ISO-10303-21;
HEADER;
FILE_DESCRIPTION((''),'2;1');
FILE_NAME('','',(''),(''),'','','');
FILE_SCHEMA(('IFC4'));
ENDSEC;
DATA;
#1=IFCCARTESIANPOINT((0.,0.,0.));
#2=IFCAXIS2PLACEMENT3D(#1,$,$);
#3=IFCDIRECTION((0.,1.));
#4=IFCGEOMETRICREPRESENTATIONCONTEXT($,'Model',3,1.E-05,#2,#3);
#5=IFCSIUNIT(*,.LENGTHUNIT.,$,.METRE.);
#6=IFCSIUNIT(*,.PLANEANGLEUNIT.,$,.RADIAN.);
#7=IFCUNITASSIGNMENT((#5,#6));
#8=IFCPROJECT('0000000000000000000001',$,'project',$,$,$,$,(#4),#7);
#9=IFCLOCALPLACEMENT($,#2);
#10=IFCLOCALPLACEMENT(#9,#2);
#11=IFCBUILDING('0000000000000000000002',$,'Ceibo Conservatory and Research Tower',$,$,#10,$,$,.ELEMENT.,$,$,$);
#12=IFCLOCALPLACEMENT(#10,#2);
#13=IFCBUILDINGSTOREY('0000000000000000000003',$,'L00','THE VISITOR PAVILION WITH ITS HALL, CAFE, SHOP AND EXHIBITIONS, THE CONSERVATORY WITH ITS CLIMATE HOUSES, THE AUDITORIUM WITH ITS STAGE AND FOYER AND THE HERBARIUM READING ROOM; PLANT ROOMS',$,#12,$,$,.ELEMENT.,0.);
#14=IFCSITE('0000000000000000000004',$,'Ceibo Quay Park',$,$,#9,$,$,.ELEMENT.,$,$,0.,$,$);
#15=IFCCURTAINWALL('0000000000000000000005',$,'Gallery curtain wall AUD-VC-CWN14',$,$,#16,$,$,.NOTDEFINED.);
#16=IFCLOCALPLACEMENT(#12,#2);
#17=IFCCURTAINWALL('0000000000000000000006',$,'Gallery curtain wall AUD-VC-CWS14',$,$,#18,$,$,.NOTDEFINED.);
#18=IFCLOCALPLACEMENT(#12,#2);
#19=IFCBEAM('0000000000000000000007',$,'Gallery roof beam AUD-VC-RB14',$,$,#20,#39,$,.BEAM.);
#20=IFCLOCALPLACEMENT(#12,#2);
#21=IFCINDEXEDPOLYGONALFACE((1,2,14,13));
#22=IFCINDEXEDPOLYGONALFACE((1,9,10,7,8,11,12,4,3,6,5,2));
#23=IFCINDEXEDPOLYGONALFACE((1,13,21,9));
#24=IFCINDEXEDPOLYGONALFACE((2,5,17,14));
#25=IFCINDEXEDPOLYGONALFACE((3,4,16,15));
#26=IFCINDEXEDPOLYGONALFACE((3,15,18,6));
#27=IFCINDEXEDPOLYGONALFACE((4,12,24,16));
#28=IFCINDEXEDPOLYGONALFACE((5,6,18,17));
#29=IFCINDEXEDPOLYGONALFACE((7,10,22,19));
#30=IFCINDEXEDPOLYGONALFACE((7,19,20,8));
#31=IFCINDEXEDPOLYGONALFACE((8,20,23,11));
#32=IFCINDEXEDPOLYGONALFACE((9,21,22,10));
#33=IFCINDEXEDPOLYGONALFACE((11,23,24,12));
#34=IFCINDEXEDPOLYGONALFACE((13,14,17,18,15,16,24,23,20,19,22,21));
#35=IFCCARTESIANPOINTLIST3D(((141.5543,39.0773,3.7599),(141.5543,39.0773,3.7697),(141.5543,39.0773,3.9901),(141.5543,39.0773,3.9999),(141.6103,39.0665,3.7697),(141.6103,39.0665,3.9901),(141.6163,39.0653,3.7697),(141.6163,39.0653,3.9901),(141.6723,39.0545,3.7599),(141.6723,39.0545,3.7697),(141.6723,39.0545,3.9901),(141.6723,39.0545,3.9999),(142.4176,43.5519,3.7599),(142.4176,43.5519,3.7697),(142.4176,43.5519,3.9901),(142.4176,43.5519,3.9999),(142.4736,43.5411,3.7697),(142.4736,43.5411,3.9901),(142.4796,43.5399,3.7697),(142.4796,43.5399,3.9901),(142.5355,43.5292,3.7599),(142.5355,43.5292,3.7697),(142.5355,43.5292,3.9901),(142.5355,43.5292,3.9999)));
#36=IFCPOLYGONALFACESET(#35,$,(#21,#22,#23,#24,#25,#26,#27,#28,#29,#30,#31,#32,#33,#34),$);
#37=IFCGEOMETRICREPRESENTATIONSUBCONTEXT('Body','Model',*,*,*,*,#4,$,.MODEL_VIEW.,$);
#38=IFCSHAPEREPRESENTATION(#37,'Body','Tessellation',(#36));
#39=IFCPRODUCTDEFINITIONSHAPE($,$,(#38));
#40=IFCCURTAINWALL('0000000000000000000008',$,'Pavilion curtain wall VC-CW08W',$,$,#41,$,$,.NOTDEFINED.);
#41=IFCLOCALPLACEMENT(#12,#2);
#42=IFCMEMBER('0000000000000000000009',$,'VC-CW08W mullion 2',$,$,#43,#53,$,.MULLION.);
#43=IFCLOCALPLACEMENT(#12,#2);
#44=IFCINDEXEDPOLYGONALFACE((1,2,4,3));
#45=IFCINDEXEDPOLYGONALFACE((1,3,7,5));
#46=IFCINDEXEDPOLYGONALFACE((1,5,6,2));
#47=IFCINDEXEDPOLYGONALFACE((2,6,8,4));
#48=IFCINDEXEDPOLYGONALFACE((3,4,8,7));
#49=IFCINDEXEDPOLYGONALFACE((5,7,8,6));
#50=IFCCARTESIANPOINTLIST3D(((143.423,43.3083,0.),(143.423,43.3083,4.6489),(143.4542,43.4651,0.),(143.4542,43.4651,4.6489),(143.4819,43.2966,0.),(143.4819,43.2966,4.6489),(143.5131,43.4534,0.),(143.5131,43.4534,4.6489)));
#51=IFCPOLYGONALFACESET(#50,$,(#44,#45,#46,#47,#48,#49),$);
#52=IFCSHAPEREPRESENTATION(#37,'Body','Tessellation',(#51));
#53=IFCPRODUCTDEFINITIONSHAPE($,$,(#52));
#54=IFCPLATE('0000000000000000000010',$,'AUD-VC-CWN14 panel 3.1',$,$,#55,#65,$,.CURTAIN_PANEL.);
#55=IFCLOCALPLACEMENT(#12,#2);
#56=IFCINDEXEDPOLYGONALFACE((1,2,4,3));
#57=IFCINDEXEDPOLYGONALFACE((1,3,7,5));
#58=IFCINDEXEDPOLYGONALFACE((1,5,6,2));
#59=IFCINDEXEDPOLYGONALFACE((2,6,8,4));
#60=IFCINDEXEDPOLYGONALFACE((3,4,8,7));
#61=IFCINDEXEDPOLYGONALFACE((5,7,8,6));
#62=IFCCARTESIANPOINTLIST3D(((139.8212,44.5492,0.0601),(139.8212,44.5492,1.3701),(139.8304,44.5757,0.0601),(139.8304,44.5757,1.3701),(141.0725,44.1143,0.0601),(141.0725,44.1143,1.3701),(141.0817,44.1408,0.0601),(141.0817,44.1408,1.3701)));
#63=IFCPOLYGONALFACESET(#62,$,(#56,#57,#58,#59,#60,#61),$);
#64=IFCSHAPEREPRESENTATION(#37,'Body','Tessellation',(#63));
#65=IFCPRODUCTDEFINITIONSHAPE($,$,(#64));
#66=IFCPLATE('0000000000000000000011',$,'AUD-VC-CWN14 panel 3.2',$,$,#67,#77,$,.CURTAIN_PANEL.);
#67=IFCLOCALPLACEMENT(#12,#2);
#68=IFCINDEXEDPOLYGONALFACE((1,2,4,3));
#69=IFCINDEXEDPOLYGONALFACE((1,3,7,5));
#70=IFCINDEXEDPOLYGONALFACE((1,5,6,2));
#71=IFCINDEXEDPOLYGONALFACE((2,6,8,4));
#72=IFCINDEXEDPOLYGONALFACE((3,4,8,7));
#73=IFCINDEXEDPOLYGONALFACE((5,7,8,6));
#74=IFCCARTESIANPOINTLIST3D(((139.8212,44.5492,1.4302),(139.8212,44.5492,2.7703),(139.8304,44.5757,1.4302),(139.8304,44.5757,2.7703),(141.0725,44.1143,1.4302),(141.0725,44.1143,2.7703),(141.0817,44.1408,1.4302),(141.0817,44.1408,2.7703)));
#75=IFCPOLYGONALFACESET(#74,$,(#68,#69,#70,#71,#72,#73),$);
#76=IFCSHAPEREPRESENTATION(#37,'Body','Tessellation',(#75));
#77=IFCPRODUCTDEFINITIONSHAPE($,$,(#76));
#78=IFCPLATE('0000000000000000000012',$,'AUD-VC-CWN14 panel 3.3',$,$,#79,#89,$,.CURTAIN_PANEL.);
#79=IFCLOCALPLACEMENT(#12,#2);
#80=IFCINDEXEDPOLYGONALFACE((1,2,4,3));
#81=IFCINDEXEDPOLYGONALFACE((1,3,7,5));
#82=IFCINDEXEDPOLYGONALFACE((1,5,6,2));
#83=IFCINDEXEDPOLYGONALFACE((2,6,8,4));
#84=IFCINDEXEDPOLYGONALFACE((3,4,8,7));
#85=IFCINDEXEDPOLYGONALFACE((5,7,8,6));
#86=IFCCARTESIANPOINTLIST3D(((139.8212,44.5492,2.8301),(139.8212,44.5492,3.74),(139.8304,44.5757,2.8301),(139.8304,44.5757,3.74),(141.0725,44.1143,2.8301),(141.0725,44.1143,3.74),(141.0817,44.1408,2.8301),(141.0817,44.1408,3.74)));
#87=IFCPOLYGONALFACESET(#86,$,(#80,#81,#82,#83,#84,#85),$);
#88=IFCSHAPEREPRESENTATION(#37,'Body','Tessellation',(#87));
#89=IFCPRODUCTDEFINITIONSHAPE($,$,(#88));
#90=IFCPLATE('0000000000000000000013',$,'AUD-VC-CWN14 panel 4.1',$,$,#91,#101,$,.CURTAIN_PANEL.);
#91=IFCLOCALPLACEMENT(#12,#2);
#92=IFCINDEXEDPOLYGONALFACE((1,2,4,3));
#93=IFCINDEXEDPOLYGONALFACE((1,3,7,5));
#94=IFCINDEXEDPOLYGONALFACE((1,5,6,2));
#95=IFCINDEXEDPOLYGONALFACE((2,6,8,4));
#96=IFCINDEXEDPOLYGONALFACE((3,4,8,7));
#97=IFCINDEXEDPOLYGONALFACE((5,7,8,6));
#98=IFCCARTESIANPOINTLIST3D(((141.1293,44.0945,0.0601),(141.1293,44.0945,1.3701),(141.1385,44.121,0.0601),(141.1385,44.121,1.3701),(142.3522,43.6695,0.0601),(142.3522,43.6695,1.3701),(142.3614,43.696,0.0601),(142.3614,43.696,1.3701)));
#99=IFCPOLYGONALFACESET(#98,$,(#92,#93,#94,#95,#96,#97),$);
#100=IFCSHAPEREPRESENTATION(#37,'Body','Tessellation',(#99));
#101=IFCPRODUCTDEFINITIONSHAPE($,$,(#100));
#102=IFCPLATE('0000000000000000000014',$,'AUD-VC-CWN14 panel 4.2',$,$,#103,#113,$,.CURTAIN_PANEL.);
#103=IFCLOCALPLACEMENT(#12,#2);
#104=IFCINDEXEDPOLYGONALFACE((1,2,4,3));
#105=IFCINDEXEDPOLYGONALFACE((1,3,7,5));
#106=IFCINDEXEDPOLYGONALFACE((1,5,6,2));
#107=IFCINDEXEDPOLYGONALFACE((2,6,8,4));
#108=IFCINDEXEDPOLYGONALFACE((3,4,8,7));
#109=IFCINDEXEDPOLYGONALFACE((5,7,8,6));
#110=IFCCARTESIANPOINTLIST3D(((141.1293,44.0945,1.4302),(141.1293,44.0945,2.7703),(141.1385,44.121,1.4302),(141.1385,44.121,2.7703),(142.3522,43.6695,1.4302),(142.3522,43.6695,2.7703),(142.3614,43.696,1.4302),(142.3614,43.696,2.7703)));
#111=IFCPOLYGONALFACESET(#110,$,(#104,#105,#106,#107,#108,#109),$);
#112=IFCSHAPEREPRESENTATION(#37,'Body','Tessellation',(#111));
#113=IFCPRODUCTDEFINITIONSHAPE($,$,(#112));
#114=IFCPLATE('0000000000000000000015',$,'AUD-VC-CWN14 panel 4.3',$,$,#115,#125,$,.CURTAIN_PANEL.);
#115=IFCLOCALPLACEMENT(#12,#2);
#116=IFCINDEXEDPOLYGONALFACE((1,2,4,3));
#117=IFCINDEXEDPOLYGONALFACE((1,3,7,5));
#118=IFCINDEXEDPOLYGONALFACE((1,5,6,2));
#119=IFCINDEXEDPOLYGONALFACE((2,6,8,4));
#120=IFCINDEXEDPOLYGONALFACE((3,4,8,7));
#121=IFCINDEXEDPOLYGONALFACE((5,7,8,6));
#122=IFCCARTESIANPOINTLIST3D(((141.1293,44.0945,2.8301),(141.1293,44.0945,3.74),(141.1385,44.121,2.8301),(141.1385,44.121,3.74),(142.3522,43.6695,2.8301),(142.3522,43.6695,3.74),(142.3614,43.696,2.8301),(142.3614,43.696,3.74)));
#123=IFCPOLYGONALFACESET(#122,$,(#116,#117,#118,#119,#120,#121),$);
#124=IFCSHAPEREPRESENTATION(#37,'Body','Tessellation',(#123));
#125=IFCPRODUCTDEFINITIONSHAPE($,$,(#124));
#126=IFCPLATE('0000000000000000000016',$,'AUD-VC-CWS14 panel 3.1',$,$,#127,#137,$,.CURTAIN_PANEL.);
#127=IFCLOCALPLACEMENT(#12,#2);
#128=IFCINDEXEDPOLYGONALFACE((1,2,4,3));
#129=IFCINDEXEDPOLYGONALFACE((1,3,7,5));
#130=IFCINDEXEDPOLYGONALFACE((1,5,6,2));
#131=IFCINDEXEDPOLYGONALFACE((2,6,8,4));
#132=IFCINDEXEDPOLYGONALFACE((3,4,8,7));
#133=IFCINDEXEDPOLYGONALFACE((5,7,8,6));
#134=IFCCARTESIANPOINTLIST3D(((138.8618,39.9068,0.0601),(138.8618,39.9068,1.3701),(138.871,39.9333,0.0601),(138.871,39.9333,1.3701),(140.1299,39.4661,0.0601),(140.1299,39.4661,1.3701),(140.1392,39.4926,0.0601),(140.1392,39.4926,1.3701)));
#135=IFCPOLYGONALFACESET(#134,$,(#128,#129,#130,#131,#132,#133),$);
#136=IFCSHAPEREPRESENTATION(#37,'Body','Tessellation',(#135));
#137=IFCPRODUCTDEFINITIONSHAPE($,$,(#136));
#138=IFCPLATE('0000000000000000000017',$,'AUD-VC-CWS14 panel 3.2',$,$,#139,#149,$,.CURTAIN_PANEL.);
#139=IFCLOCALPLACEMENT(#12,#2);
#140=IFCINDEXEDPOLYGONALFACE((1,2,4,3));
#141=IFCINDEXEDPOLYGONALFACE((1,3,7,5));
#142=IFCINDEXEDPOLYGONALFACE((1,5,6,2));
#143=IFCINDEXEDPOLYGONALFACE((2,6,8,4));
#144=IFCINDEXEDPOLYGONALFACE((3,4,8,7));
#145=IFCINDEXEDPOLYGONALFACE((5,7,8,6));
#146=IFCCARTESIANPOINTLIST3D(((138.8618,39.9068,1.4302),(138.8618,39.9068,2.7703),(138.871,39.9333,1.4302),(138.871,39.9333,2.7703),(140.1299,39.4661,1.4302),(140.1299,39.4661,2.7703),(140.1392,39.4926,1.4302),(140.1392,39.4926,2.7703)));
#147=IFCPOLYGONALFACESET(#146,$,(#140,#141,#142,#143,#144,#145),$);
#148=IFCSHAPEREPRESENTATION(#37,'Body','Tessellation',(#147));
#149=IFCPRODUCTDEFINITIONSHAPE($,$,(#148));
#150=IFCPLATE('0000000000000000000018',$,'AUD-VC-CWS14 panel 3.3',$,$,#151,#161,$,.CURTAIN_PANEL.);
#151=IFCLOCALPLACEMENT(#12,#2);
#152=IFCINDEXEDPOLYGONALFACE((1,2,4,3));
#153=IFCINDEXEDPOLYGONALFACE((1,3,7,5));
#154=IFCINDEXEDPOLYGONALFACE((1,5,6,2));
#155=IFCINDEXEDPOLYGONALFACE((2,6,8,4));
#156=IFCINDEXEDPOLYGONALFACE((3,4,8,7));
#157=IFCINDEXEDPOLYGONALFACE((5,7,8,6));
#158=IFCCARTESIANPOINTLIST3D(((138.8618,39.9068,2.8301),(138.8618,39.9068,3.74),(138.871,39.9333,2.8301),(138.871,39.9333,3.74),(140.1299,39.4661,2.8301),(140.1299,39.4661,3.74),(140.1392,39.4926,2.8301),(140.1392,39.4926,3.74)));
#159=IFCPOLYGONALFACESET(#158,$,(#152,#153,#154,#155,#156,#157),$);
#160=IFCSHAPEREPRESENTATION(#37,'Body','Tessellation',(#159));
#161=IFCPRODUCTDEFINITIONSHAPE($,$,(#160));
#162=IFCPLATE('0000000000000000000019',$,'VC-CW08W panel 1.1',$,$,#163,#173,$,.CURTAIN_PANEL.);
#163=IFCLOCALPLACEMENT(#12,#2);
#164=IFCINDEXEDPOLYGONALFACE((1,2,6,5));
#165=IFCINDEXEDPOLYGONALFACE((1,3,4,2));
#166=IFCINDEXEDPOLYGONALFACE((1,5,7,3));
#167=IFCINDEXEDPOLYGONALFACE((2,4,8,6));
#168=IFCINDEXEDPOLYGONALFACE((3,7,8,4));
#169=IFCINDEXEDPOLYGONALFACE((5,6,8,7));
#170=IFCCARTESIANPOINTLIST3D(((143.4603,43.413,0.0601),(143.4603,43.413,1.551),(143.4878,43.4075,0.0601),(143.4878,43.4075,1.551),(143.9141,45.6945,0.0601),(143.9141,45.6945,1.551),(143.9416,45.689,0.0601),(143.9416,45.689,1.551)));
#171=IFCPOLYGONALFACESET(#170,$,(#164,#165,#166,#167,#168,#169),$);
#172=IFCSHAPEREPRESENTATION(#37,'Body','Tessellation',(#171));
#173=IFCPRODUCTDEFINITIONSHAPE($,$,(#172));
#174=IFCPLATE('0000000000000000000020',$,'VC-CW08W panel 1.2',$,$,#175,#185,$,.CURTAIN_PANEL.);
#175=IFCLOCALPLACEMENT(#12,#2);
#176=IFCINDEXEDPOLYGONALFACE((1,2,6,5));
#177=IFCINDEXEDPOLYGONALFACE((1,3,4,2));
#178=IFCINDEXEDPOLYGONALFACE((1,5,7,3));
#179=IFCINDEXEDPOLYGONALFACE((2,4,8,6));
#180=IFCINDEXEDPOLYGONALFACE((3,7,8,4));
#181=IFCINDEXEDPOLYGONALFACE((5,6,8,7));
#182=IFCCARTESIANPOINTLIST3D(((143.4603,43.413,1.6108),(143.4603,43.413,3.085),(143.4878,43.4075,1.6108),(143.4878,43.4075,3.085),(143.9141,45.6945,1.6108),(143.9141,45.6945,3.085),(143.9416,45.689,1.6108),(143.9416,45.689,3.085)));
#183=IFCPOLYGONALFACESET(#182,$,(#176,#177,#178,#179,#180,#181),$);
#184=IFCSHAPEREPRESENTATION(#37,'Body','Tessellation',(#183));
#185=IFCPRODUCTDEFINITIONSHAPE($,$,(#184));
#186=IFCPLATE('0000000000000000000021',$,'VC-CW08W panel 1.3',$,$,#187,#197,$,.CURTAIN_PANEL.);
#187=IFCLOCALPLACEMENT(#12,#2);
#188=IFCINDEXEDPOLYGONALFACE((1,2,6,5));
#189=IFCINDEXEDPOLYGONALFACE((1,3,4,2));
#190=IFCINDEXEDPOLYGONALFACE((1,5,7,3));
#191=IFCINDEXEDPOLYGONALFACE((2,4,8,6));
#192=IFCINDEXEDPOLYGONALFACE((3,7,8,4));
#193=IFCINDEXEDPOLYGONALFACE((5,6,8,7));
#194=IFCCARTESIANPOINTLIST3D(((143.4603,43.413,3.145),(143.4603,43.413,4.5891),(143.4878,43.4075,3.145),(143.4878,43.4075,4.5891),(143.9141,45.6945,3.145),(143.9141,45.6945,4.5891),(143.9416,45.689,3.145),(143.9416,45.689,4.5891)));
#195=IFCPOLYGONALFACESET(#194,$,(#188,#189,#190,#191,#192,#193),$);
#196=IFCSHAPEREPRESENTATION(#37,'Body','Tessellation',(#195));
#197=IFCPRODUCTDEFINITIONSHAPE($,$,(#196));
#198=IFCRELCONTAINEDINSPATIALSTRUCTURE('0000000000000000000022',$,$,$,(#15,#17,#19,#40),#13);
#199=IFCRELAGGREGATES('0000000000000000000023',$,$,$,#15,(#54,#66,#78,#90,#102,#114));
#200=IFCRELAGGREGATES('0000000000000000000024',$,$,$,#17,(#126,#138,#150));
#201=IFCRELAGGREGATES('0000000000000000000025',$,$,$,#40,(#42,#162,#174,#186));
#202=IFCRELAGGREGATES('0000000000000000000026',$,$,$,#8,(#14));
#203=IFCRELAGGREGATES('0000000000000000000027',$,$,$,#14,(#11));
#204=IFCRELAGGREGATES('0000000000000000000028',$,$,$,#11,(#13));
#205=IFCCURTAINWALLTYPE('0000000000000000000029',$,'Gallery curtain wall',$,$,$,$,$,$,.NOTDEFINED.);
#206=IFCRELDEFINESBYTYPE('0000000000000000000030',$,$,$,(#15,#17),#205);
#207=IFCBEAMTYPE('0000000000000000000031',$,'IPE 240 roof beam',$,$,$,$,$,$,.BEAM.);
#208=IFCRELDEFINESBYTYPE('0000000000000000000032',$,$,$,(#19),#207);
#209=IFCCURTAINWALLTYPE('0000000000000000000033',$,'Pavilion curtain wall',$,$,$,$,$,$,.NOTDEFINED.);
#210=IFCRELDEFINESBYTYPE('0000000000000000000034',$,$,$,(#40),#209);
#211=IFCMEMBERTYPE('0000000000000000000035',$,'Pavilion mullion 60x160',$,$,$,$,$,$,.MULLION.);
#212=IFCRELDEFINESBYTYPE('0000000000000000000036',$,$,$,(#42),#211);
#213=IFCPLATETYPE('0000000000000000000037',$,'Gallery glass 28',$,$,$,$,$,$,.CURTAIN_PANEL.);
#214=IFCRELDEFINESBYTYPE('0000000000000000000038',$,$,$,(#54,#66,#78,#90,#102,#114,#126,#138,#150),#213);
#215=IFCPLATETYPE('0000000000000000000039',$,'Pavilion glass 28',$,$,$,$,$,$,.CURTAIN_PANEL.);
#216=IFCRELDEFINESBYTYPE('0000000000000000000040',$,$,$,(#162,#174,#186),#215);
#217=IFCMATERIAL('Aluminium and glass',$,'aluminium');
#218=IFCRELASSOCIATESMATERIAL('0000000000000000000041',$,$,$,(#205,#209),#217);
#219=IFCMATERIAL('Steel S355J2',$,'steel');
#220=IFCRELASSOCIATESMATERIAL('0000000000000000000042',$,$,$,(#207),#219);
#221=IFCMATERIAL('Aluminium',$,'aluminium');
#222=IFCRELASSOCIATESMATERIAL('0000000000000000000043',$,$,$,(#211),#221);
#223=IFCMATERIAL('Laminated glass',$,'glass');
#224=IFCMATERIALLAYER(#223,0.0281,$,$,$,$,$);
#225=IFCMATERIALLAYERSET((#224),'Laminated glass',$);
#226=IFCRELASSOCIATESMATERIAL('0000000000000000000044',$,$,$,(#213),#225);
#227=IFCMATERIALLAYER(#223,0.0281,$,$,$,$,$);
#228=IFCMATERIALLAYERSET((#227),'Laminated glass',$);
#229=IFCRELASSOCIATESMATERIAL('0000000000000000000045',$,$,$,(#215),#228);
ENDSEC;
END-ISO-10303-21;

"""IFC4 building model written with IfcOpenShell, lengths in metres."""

from ifc_helpers import new_model, si_unit, direction, frame, origin, origin_2d, place, context, subcontext, project, spatial, rectangle, i_section, extrude, material, layer, layer_set, material_profile, profile_set, type_object, element, aggregate, save


model = new_model("IFC4")

# Units and contexts
model_context = context("Model", 3, precision=1e-05, world=origin(), true_north=direction((0.0, 1.0)))
body_context = subcontext(model_context, "Body", "Model", "MODEL_VIEW")
ifc_project = project(units=[si_unit("LENGTHUNIT", "METRE"), si_unit("PLANEANGLEUNIT", "RADIAN")], contexts=[model_context])

# Site, building, storey
site_placement = place(None, origin())
site = spatial("IfcSite", under=ifc_project, at=site_placement, Name="Ceibo Quay Park", CompositionType="ELEMENT", RefElevation=0.0)
building_placement = place(site_placement, origin())
building = spatial("IfcBuilding", under=site, at=building_placement, Name="Ceibo Conservatory and Research Tower", CompositionType="ELEMENT")
storey_placement = place(building_placement, origin())
storey = spatial("IfcBuildingStorey", under=building, at=storey_placement, Name="L00", Description="THE VISITOR PAVILION WITH ITS HALL, CAFE, SHOP AND EXHIBITIONS, THE CONSERVATORY WITH ITS CLIMATE HOUSES, THE AUDITORIUM WITH ITS STAGE AND FOYER AND THE HERBARIUM READING ROOM; PLANT ROOMS", CompositionType="ELEMENT", Elevation=0.0)

# Curtain wall
ifc_material_1 = material(Name="Aluminium and glass", Category="aluminium")
curtain_wall_type_1 = type_object("IfcCurtainWallType", Name="Gallery curtain wall", PredefinedType="NOTDEFINED", material=ifc_material_1)
curtain_wall_1_placement = place(storey_placement, origin())
curtain_wall_1 = element("IfcCurtainWall", 1, at=curtain_wall_1_placement, inside=storey, type_object=curtain_wall_type_1, Name="Gallery curtain wall AUD-VC-CWN14", PredefinedType="NOTDEFINED")
ifc_material_2 = material(Name="Aluminium", Category="aluminium")

# Curtain wall
curtain_wall_2_placement = place(storey_placement, origin())
curtain_wall_2 = element("IfcCurtainWall", 2, at=curtain_wall_2_placement, inside=storey, type_object=curtain_wall_type_1, Name="Gallery curtain wall AUD-VC-CWS14", PredefinedType="NOTDEFINED")

# Beam
ifc_material_3 = material(Name="Steel S355J2", Category="steel")
ifc_material_profile_1 = material_profile(ifc_material_3, i_section(OverallWidth=0.1201, OverallDepth=0.24, WebThickness=0.0061, FlangeThickness=0.0098, at=origin_2d()), Name="IPE 240")
ifc_profile_set_1 = profile_set([ifc_material_profile_1], Name="Steel S355J2")
beam_type = type_object("IfcBeamType", Name="IPE 240 roof beam", PredefinedType="BEAM", material=ifc_profile_set_1)
beam_placement = place(storey_placement, frame((142.4766, 43.5405, 3.8799), z_axis=(-0.189436, -0.981893, 0.0), x_axis=(0.981893, -0.189436, 0.0)))
element("IfcBeam", 3, at=beam_placement, inside=storey, type_object=beam_type, Name="Gallery roof beam AUD-VC-RB14", PredefinedType="BEAM", context=body_context, shape_type="SweptSolid", body=[
    extrude(i_section(OverallWidth=0.1201, OverallDepth=0.24, WebThickness=0.0061, FlangeThickness=0.0098, at=origin_2d()), origin(), (0.0, 0.0, 1.0), 4.5571),
])

# Curtain wall, member
curtain_wall_type_2 = type_object("IfcCurtainWallType", Name="Pavilion curtain wall", PredefinedType="NOTDEFINED", material=ifc_material_1)
curtain_wall_3_placement = place(storey_placement, origin())
curtain_wall_3 = element("IfcCurtainWall", 4, at=curtain_wall_3_placement, inside=storey, type_object=curtain_wall_type_2, Name="Pavilion curtain wall VC-CW08W", PredefinedType="NOTDEFINED")
ifc_material_profile_2 = material_profile(ifc_material_2, rectangle(XDim=0.0601, YDim=0.1599, at=origin_2d()), Name="AL 60x160")
ifc_profile_set_2 = profile_set([ifc_material_profile_2], Name="Aluminium")
member_type_1 = type_object("IfcMemberType", Name="Pavilion mullion 60x160", PredefinedType="MULLION", material=ifc_profile_set_2)
member_1_placement = place(storey_placement, frame((143.468, 43.3809, 0.0), z_axis=(0.0, 0.0, 1.0), x_axis=(0.980785, -0.19509, 0.0)))
member_1 = element("IfcMember", 5, at=member_1_placement, type_object=member_type_1, Name="VC-CW08W mullion 2", PredefinedType="MULLION", context=body_context, shape_type="SweptSolid", body=[
    extrude(rectangle(XDim=0.0601, YDim=0.1599, at=origin_2d()), origin(), (0.0, 0.0, 1.0), 4.6489),
])

# Plates
ifc_material_4 = material(Name="Laminated glass", Category="glass")
ifc_layer_1 = layer(ifc_material_4, 0.0281)
ifc_layer_set_1 = layer_set([ifc_layer_1], Name="Laminated glass")
plate_type_1 = type_object("IfcPlateType", Name="Gallery glass 28", PredefinedType="CURTAIN_PANEL", material=ifc_layer_set_1)
plate_1_placement = place(storey_placement, frame((140.4514, 44.345, 0.0601), z_axis=(0.0, 0.0, 1.0), x_axis=(0.944579, -0.328284, 0.0)))
plate_1 = element("IfcPlate", 6, at=plate_1_placement, type_object=plate_type_1, Name="AUD-VC-CWN14 panel 3.1", PredefinedType="CURTAIN_PANEL", context=body_context, shape_type="SweptSolid", body=[
    extrude(rectangle(XDim=1.3247, YDim=0.0281, at=origin_2d()), origin(), (0.0, 0.0, 1.0), 1.3101),
])
plate_2_placement = place(storey_placement, frame((140.4514, 44.345, 1.4302), z_axis=(0.0, 0.0, 1.0), x_axis=(0.944579, -0.328284, 0.0)))
plate_2 = element("IfcPlate", 7, at=plate_2_placement, type_object=plate_type_1, Name="AUD-VC-CWN14 panel 3.2", PredefinedType="CURTAIN_PANEL", context=body_context, shape_type="SweptSolid", body=[
    extrude(rectangle(XDim=1.3247, YDim=0.0281, at=origin_2d()), origin(), (0.0, 0.0, 1.0), 1.3401),
])
plate_3_placement = place(storey_placement, frame((140.4514, 44.345, 2.8301), z_axis=(0.0, 0.0, 1.0), x_axis=(0.944579, -0.328284, 0.0)))
plate_3 = element("IfcPlate", 8, at=plate_3_placement, type_object=plate_type_1, Name="AUD-VC-CWN14 panel 3.3", PredefinedType="CURTAIN_PANEL", context=body_context, shape_type="SweptSolid", body=[
    extrude(rectangle(XDim=1.3247, YDim=0.0281, at=origin_2d()), origin(), (0.0, 0.0, 1.0), 0.9099),
])
plate_4_placement = place(storey_placement, frame((141.7454, 43.8953, 0.0601), z_axis=(0.0, 0.0, 1.0), x_axis=(0.944579, -0.328284, 0.0)))
plate_4 = element("IfcPlate", 9, at=plate_4_placement, type_object=plate_type_1, Name="AUD-VC-CWN14 panel 4.1", PredefinedType="CURTAIN_PANEL", context=body_context, shape_type="SweptSolid", body=[
    extrude(rectangle(XDim=1.2947, YDim=0.0281, at=origin_2d()), origin(), (0.0, 0.0, 1.0), 1.3101),
])
plate_5_placement = place(storey_placement, frame((141.7454, 43.8953, 1.4302), z_axis=(0.0, 0.0, 1.0), x_axis=(0.944579, -0.328284, 0.0)))
plate_5 = element("IfcPlate", 10, at=plate_5_placement, type_object=plate_type_1, Name="AUD-VC-CWN14 panel 4.2", PredefinedType="CURTAIN_PANEL", context=body_context, shape_type="SweptSolid", body=[
    extrude(rectangle(XDim=1.2947, YDim=0.0281, at=origin_2d()), origin(), (0.0, 0.0, 1.0), 1.3401),
])
plate_6_placement = place(storey_placement, frame((141.7454, 43.8953, 2.8301), z_axis=(0.0, 0.0, 1.0), x_axis=(0.944579, -0.328284, 0.0)))
plate_6 = element("IfcPlate", 11, at=plate_6_placement, type_object=plate_type_1, Name="AUD-VC-CWN14 panel 4.3", PredefinedType="CURTAIN_PANEL", context=body_context, shape_type="SweptSolid", body=[
    extrude(rectangle(XDim=1.2947, YDim=0.0281, at=origin_2d()), origin(), (0.0, 0.0, 1.0), 0.9099),
])
aggregate(curtain_wall_1, [plate_1, plate_2, plate_3, plate_4, plate_5, plate_6])
plate_7_placement = place(storey_placement, frame((139.5005, 39.6997, 0.0601), z_axis=(0.0, 0.0, 1.0), x_axis=(0.944579, -0.328284, 0.0)))
plate_7 = element("IfcPlate", 12, at=plate_7_placement, type_object=plate_type_1, Name="AUD-VC-CWS14 panel 3.1", PredefinedType="CURTAIN_PANEL", context=body_context, shape_type="SweptSolid", body=[
    extrude(rectangle(XDim=1.3425, YDim=0.0281, at=origin_2d()), origin(), (0.0, 0.0, 1.0), 1.3101),
])
plate_8_placement = place(storey_placement, frame((139.5005, 39.6997, 1.4302), z_axis=(0.0, 0.0, 1.0), x_axis=(0.944579, -0.328284, 0.0)))
plate_8 = element("IfcPlate", 13, at=plate_8_placement, type_object=plate_type_1, Name="AUD-VC-CWS14 panel 3.2", PredefinedType="CURTAIN_PANEL", context=body_context, shape_type="SweptSolid", body=[
    extrude(rectangle(XDim=1.3425, YDim=0.0281, at=origin_2d()), origin(), (0.0, 0.0, 1.0), 1.3401),
])
plate_9_placement = place(storey_placement, frame((139.5005, 39.6997, 2.8301), z_axis=(0.0, 0.0, 1.0), x_axis=(0.944579, -0.328284, 0.0)))
plate_9 = element("IfcPlate", 14, at=plate_9_placement, type_object=plate_type_1, Name="AUD-VC-CWS14 panel 3.3", PredefinedType="CURTAIN_PANEL", context=body_context, shape_type="SweptSolid", body=[
    extrude(rectangle(XDim=1.3425, YDim=0.0281, at=origin_2d()), origin(), (0.0, 0.0, 1.0), 0.9099),
])
aggregate(curtain_wall_2, [plate_7, plate_8, plate_9])
ifc_layer_2 = layer(ifc_material_4, 0.0281)
ifc_layer_set_2 = layer_set([ifc_layer_2], Name="Laminated glass")
plate_type_2 = type_object("IfcPlateType", Name="Pavilion glass 28", PredefinedType="CURTAIN_PANEL", material=ifc_layer_set_2)
plate_10_placement = place(storey_placement, frame((143.7009, 44.551, 0.0601), z_axis=(0.0, 0.0, 1.0), x_axis=(-0.19509, -0.980785, 0.0)))
plate_10 = element("IfcPlate", 15, at=plate_10_placement, type_object=plate_type_2, Name="VC-CW08W panel 1.1", PredefinedType="CURTAIN_PANEL", context=body_context, shape_type="SweptSolid", body=[
    extrude(rectangle(XDim=2.3262, YDim=0.0281, at=origin_2d()), origin(), (0.0, 0.0, 1.0), 1.491),
])
plate_11_placement = place(storey_placement, frame((143.7009, 44.551, 1.6108), z_axis=(0.0, 0.0, 1.0), x_axis=(-0.19509, -0.980785, 0.0)))
plate_11 = element("IfcPlate", 16, at=plate_11_placement, type_object=plate_type_2, Name="VC-CW08W panel 1.2", PredefinedType="CURTAIN_PANEL", context=body_context, shape_type="SweptSolid", body=[
    extrude(rectangle(XDim=2.3262, YDim=0.0281, at=origin_2d()), origin(), (0.0, 0.0, 1.0), 1.4741),
])
plate_12_placement = place(storey_placement, frame((143.7009, 44.551, 3.145), z_axis=(0.0, 0.0, 1.0), x_axis=(-0.19509, -0.980785, 0.0)))
plate_12 = element("IfcPlate", 17, at=plate_12_placement, type_object=plate_type_2, Name="VC-CW08W panel 1.3", PredefinedType="CURTAIN_PANEL", context=body_context, shape_type="SweptSolid", body=[
    extrude(rectangle(XDim=2.3262, YDim=0.0281, at=origin_2d()), origin(), (0.0, 0.0, 1.0), 1.4441),
])
aggregate(curtain_wall_3, [member_1, plate_10, plate_11, plate_12])

save(model, "model.ifc")
